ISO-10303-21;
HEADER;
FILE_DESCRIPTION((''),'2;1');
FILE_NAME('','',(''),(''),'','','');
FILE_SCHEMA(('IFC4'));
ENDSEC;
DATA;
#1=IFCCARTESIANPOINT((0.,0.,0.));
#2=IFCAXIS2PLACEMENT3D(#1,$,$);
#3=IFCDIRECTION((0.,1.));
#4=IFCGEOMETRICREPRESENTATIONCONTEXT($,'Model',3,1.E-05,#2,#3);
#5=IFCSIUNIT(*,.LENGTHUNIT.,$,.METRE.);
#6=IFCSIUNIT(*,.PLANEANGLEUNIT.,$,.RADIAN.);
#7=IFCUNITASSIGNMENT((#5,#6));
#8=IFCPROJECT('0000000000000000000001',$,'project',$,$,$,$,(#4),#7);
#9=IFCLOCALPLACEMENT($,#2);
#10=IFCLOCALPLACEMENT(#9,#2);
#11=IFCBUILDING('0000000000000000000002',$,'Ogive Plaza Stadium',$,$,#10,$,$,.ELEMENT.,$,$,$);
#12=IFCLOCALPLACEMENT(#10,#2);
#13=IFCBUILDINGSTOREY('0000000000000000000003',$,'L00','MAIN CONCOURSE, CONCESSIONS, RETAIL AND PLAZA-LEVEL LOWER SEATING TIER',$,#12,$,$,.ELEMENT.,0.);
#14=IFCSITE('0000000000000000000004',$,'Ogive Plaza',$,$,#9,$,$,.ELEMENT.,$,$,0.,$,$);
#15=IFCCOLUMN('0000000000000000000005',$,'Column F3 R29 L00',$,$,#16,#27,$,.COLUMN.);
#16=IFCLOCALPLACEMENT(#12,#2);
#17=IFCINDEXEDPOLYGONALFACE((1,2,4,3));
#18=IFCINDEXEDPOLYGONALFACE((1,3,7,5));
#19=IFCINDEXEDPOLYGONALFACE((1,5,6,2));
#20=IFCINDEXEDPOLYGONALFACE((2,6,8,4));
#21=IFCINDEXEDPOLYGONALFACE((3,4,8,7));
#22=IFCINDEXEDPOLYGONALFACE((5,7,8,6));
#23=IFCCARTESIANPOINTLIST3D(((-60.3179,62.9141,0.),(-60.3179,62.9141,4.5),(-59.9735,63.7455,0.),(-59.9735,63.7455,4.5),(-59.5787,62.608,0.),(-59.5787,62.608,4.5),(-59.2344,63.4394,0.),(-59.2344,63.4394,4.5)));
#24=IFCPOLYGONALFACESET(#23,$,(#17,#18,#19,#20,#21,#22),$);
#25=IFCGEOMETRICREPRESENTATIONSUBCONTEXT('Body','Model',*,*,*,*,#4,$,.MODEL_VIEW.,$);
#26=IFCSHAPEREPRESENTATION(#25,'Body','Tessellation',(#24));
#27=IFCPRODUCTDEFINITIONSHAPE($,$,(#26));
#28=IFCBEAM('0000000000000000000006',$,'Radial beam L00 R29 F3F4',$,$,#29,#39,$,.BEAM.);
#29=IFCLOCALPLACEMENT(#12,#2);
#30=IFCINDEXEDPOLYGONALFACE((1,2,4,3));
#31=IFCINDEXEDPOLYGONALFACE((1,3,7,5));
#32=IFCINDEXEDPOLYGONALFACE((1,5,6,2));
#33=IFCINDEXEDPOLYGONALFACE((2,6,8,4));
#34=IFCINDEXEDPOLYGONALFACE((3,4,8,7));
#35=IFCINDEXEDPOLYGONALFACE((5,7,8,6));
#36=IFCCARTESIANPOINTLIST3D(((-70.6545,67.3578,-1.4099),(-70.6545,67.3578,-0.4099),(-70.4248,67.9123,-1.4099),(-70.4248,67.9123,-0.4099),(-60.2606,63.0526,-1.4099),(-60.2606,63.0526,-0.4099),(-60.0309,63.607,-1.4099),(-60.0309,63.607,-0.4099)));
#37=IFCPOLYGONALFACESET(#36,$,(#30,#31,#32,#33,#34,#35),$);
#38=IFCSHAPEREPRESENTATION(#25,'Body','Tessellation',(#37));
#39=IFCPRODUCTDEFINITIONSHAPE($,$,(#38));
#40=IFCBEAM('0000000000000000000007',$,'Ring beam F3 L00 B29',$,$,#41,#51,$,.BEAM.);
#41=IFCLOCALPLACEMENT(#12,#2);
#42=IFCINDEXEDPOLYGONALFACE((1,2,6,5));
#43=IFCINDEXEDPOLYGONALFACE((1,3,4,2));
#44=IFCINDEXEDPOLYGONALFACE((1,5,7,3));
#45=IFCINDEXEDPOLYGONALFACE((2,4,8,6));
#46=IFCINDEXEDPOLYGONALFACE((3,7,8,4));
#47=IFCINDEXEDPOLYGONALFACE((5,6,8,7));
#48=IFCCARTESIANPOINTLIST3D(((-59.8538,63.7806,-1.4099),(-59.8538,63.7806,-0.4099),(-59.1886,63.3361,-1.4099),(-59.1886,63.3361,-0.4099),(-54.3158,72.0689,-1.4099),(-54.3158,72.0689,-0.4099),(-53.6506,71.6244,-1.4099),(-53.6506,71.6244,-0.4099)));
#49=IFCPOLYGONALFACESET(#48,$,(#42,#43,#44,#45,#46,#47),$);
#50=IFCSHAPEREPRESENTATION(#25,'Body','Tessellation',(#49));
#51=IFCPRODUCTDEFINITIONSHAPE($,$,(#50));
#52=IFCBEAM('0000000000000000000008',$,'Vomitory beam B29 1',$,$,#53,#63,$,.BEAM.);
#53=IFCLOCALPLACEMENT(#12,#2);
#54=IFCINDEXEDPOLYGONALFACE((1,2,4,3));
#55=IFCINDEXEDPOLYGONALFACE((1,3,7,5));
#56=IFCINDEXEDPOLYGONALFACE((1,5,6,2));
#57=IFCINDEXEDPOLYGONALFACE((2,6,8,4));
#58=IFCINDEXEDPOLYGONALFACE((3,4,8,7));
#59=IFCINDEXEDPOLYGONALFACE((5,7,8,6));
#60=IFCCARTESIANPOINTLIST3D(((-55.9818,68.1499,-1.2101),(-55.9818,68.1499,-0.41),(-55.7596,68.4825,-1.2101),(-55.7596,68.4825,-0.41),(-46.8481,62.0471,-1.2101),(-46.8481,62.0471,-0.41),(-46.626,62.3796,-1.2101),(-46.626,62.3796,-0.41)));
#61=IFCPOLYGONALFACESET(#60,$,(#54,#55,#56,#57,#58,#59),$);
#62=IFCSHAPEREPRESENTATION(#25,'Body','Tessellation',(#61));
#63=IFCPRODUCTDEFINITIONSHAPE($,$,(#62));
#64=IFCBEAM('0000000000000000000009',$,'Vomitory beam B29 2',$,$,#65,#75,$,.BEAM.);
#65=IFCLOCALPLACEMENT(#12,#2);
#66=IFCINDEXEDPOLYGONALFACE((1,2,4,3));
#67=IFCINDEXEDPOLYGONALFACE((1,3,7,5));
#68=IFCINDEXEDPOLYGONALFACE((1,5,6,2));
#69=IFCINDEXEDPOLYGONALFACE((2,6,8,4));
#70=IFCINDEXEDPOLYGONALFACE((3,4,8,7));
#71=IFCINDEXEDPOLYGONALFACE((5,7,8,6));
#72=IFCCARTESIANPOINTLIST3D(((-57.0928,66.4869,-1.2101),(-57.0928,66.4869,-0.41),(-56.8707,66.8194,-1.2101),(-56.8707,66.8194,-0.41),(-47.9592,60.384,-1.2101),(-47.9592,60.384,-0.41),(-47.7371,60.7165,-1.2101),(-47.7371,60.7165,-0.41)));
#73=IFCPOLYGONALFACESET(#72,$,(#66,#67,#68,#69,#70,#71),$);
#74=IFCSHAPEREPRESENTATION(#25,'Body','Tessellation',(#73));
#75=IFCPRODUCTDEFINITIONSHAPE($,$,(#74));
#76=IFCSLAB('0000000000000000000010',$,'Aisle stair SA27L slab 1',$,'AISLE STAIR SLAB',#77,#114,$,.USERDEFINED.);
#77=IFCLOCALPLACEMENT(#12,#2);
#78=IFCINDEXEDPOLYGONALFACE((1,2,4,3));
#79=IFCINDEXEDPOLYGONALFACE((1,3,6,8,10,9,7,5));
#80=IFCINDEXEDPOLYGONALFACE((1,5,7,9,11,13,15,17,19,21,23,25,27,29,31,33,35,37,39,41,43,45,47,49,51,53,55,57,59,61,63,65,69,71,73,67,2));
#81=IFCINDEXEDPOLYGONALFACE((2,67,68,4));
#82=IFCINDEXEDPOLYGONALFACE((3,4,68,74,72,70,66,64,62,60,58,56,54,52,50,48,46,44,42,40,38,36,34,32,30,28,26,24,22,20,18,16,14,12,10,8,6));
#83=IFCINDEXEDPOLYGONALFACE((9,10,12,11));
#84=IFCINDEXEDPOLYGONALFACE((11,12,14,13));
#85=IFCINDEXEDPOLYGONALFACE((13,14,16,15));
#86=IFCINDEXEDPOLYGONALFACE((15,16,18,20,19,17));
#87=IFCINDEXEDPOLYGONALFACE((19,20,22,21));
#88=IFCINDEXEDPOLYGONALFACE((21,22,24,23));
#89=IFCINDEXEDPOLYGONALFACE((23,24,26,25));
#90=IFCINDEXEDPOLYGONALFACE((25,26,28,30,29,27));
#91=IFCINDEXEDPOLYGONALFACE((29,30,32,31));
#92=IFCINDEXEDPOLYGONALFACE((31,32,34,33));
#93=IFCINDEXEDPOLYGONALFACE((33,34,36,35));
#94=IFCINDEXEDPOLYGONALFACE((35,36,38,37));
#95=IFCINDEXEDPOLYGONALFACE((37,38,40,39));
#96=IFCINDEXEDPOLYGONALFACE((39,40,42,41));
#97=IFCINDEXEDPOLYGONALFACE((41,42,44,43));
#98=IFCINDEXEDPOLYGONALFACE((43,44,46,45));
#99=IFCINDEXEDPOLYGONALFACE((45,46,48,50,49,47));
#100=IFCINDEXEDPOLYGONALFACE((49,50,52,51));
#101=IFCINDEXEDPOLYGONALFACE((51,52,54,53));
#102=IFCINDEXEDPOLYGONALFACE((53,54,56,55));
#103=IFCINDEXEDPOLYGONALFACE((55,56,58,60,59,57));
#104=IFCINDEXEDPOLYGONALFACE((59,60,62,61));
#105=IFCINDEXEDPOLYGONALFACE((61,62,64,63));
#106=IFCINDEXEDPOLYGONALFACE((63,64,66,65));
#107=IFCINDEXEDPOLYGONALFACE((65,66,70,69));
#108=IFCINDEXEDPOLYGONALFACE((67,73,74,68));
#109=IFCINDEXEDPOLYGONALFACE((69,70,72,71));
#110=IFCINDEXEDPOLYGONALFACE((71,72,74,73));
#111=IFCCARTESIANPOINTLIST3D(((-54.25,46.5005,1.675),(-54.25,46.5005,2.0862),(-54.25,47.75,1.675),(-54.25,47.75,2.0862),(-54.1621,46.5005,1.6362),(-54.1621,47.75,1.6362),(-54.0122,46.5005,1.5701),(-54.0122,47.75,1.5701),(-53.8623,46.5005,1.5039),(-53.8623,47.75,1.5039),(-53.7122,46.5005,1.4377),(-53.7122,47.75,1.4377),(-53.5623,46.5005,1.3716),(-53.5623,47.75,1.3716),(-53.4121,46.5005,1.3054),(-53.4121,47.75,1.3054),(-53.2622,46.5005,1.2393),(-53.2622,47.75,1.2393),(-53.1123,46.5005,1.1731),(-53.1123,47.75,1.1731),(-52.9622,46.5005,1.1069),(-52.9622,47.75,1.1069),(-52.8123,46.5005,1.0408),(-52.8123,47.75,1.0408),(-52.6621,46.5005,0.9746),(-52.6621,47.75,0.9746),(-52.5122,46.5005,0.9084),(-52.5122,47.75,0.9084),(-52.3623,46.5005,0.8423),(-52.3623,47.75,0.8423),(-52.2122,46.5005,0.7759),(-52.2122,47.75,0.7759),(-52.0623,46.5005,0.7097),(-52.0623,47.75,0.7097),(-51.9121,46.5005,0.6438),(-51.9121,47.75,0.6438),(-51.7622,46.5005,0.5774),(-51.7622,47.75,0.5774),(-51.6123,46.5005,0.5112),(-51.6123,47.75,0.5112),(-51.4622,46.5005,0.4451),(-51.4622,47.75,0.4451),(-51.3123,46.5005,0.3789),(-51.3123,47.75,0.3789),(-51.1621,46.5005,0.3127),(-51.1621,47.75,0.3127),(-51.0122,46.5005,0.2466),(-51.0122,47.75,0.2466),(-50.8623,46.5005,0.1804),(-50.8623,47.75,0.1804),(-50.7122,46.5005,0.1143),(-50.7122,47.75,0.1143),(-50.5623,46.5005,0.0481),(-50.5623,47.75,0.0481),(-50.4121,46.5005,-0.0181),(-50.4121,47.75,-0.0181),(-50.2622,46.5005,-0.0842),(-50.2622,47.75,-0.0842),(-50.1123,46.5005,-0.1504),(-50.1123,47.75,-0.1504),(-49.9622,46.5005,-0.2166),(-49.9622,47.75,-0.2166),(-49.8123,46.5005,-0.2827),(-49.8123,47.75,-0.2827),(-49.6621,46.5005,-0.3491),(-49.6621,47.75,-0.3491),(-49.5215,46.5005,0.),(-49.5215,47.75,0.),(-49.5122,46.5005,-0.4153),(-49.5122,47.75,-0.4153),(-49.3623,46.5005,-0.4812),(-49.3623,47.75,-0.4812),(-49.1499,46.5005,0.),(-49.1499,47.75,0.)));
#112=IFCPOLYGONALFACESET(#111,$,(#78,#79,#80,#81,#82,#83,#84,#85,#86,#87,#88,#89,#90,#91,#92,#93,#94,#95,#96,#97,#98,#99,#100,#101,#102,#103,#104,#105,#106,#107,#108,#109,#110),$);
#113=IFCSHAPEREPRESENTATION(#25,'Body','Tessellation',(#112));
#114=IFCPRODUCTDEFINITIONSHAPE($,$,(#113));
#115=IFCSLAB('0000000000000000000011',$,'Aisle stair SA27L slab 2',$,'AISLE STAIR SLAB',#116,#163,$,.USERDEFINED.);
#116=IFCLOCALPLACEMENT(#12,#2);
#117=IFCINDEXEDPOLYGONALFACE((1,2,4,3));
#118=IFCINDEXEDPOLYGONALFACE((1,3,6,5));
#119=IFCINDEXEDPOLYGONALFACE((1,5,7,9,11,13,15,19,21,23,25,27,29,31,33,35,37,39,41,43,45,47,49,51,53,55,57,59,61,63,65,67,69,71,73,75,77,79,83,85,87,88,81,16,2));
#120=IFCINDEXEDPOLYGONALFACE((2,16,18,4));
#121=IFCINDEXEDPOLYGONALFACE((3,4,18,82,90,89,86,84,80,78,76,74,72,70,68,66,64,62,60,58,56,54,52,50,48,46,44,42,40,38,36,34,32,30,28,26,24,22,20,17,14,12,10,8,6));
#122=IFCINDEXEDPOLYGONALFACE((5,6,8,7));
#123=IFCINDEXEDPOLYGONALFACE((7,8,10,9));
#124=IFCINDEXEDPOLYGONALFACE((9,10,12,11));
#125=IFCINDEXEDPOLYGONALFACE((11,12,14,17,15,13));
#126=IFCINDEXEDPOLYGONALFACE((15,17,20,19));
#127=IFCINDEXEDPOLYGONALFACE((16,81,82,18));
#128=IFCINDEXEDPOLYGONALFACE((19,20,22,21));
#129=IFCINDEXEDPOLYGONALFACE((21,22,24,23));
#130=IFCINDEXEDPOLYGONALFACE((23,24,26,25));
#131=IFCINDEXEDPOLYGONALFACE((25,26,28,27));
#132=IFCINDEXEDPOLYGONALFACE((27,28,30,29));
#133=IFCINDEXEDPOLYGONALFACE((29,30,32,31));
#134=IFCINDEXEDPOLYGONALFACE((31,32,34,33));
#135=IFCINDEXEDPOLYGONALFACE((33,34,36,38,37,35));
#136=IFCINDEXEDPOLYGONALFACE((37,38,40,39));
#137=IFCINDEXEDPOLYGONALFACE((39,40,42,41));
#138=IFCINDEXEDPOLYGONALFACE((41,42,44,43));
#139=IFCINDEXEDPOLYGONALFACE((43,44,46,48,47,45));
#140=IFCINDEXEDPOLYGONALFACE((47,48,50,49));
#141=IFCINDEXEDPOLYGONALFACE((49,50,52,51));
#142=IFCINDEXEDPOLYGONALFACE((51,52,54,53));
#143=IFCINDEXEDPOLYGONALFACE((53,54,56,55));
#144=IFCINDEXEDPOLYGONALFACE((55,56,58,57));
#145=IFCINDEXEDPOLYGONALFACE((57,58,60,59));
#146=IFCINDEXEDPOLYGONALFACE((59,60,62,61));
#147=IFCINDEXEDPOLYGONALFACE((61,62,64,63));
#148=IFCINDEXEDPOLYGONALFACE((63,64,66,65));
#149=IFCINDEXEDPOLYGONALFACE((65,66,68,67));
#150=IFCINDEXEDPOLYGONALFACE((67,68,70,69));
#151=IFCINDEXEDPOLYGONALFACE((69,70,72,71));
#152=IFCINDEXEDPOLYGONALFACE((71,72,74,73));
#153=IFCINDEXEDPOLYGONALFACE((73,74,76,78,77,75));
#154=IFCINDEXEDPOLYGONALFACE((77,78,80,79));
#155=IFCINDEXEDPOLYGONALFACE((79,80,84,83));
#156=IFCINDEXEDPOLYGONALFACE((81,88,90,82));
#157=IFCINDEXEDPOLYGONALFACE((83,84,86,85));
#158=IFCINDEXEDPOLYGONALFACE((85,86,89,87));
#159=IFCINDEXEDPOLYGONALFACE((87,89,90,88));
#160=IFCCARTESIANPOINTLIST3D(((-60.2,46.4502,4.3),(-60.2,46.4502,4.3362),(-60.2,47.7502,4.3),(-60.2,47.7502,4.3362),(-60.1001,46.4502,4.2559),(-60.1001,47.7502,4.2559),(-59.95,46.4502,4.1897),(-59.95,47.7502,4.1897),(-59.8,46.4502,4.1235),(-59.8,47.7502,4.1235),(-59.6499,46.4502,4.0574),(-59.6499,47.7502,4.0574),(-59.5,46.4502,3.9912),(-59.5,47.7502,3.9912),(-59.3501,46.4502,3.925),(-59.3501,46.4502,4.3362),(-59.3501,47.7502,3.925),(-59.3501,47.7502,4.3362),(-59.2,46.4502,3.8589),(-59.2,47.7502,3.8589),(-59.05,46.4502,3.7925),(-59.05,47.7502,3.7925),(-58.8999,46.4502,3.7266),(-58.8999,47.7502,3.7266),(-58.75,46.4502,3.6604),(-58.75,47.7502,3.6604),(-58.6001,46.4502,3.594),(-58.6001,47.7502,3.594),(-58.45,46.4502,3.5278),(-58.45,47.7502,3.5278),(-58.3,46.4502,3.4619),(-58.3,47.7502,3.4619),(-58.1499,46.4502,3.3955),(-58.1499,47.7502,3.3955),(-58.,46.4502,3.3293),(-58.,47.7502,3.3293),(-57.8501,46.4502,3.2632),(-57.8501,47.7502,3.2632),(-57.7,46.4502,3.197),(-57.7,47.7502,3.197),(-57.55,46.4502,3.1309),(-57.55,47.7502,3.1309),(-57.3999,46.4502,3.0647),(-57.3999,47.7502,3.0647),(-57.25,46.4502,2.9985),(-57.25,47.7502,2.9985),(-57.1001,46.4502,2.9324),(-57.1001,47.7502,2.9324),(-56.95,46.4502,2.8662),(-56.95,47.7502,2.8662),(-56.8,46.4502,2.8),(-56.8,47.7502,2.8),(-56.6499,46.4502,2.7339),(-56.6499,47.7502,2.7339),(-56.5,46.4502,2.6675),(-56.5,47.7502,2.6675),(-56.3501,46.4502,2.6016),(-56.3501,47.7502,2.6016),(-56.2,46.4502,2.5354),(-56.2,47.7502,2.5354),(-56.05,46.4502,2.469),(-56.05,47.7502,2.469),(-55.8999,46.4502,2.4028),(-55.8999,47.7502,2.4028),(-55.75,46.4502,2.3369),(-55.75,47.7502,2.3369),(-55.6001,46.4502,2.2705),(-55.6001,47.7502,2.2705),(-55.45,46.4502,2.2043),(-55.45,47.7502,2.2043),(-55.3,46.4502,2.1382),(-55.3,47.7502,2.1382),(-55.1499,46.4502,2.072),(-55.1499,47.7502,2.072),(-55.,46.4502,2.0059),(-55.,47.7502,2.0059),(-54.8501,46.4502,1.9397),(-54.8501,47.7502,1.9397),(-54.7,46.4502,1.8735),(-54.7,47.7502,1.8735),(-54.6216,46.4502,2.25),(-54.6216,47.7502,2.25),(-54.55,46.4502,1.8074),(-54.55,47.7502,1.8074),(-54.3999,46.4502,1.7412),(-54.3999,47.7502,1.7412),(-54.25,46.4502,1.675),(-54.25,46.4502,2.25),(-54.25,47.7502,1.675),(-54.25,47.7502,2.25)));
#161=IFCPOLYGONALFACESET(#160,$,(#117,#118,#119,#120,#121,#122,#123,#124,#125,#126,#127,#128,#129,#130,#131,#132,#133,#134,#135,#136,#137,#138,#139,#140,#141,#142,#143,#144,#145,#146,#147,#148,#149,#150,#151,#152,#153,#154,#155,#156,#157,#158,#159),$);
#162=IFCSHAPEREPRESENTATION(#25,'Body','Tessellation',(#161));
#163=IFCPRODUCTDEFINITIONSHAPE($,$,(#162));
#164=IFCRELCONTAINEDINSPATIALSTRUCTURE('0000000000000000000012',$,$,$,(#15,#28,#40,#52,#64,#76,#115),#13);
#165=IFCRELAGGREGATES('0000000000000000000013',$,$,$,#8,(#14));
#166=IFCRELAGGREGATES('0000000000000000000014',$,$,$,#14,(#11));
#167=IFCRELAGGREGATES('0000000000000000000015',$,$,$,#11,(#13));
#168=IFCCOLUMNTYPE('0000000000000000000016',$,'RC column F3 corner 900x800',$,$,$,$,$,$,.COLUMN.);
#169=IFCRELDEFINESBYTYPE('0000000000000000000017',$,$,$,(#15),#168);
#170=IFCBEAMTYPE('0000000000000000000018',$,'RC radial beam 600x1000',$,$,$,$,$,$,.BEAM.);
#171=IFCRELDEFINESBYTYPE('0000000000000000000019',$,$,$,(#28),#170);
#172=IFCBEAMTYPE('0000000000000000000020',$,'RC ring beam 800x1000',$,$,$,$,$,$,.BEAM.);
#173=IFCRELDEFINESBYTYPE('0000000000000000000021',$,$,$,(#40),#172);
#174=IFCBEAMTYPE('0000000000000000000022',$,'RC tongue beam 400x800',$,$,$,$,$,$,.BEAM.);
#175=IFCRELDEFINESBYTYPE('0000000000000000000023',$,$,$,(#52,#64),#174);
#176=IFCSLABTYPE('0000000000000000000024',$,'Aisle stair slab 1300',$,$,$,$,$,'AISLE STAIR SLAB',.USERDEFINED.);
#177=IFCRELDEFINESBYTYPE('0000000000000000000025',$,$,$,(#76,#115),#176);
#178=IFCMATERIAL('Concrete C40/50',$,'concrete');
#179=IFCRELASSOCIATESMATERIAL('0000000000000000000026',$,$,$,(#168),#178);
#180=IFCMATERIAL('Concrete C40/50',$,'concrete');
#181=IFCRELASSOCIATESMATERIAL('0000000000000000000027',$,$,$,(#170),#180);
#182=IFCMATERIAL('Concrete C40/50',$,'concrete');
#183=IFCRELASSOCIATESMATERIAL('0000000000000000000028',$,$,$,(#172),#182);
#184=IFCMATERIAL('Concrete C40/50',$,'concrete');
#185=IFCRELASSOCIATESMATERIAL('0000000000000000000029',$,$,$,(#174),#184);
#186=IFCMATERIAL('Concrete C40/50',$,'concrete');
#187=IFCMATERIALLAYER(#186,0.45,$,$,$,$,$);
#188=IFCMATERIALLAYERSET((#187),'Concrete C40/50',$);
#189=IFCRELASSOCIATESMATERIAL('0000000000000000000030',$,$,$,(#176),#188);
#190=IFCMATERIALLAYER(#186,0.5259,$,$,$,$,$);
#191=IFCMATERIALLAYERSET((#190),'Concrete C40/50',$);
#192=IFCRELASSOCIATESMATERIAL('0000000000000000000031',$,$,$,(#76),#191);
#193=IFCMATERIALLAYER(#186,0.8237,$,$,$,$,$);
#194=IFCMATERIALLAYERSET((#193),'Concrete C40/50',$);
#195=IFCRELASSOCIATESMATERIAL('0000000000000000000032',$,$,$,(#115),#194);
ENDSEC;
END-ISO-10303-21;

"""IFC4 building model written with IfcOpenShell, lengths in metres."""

from ifc_helpers import new_model, si_unit, direction, frame, origin, origin_2d, place, context, subcontext, project, spatial, polyline, rectangle, outline, extrude, material, layer, layer_set, material_profile, profile_set, type_object, element, save


model = new_model("IFC4")

# Units and contexts
model_context = context("Model", 3, precision=1e-05, world=origin(), true_north=direction((0.0, 1.0)))
body_context = subcontext(model_context, "Body", "Model", "MODEL_VIEW")
ifc_project = project(units=[si_unit("LENGTHUNIT", "METRE"), si_unit("PLANEANGLEUNIT", "RADIAN")], contexts=[model_context])

# Site, building, storey
site_placement = place(None, origin())
site = spatial("IfcSite", under=ifc_project, at=site_placement, Name="Ogive Plaza", CompositionType="ELEMENT", RefElevation=0.0)
building_placement = place(site_placement, origin())
building = spatial("IfcBuilding", under=site, at=building_placement, Name="Ogive Plaza Stadium", CompositionType="ELEMENT")
storey_placement = place(building_placement, origin())
storey = spatial("IfcBuildingStorey", under=building, at=storey_placement, Name="L00", Description="MAIN CONCOURSE, CONCESSIONS, RETAIL AND PLAZA-LEVEL LOWER SEATING TIER", CompositionType="ELEMENT", Elevation=0.0)

# Column
ifc_material_1 = material(Name="Concrete C40/50", Category="concrete")
ifc_material_profile_1 = material_profile(ifc_material_1, rectangle(XDim=0.8999, YDim=0.8, at=origin_2d()), Name="RC 900x800")
ifc_profile_set_1 = profile_set([ifc_material_profile_1], Name="Concrete C40/50")
column_type = type_object("IfcColumnType", Name="RC column F3 corner 900x800", PredefinedType="COLUMN", material=ifc_profile_set_1)
column_placement = place(storey_placement, frame((-59.7761, 63.1768, 0.0), z_axis=(0.0, 0.0, 1.0), x_axis=(-0.382683, -0.92388, 0.0)))
element("IfcColumn", 1, at=column_placement, inside=storey, type_object=column_type, Name="Column F3 R29 L00", PredefinedType="COLUMN", context=body_context, shape_type="SweptSolid", body=[
    extrude(rectangle(XDim=0.8999, YDim=0.8, at=origin_2d()), origin(), (0.0, 0.0, 1.0), 4.5),
])

# Beams
ifc_material_2 = material(Name="Concrete C40/50", Category="concrete")
ifc_material_profile_2 = material_profile(ifc_material_2, rectangle(XDim=0.6001, YDim=1.0, at=origin_2d()), Name="RC 600x1000")
ifc_profile_set_2 = profile_set([ifc_material_profile_2], Name="Concrete C40/50")
beam_type_1 = type_object("IfcBeamType", Name="RC radial beam 600x1000", PredefinedType="BEAM", material=ifc_profile_set_2)
beam_1_placement = place(storey_placement, frame((-60.1458, 63.3298, -0.9099), z_axis=(-0.923882, 0.382678, 0.0), x_axis=(-0.382678, -0.923882, 0.0)))
element("IfcBeam", 2, at=beam_1_placement, inside=storey, type_object=beam_type_1, Name="Radial beam L00 R29 F3F4", PredefinedType="BEAM", context=body_context, shape_type="SweptSolid", body=[
    extrude(rectangle(XDim=0.6001, YDim=1.0, at=origin_2d()), origin(), (0.0, 0.0, 1.0), 11.2502),
])
ifc_material_3 = material(Name="Concrete C40/50", Category="concrete")
ifc_material_profile_3 = material_profile(ifc_material_3, rectangle(XDim=0.8, YDim=1.0, at=origin_2d()), Name="RC 800x1000")
ifc_profile_set_3 = profile_set([ifc_material_profile_3], Name="Concrete C40/50")
beam_type_2 = type_object("IfcBeamType", Name="RC ring beam 800x1000", PredefinedType="BEAM", material=ifc_profile_set_3)
beam_2_placement = place(storey_placement, frame((-59.5212, 63.5583, -0.9099), z_axis=(0.55557, 0.83147, 0.0), x_axis=(-0.83147, 0.55557, 0.0)))
element("IfcBeam", 3, at=beam_2_placement, inside=storey, type_object=beam_type_2, Name="Ring beam F3 L00 B29", PredefinedType="BEAM", context=body_context, shape_type="SweptSolid", body=[
    extrude(rectangle(XDim=0.8, YDim=1.0, at=origin_2d()), origin(), (0.0, 0.0, 1.0), 9.9683),
])
ifc_material_4 = material(Name="Concrete C40/50", Category="concrete")
ifc_material_profile_4 = material_profile(ifc_material_4, rectangle(XDim=0.3999, YDim=0.8, at=origin_2d()), Name="RC 400x800")
ifc_profile_set_4 = profile_set([ifc_material_profile_4], Name="Concrete C40/50")
beam_type_3 = type_object("IfcBeamType", Name="RC tongue beam 400x800", PredefinedType="BEAM", material=ifc_profile_set_4)
for number, where, z_axis, x_axis, name in (
    (4, (-46.7371, 62.2134, -0.8101), (-0.831472, 0.555567, 0.0), (-0.555567, -0.831472, 0.0), "Vomitory beam B29 1"),
    (5, (-47.8481, 60.5503, -0.8101), (-0.831472, 0.555567, 0.0), (-0.555567, -0.831472, 0.0), "Vomitory beam B29 2"),
):
    element("IfcBeam", number, at=place(storey_placement, frame(where, z_axis=z_axis, x_axis=x_axis)), inside=storey, type_object=beam_type_3, Name=name, PredefinedType="BEAM", context=body_context, shape_type="SweptSolid", body=[
        extrude(rectangle(XDim=0.3999, YDim=0.8, at=origin_2d()), origin(), (0.0, 0.0, 1.0), 10.9849),
    ])

# Slabs
ifc_material_5 = material(Name="Concrete C40/50", Category="concrete")
ifc_layer_1 = layer(ifc_material_5, 0.5259)
ifc_layer_set_1 = layer_set([ifc_layer_1], Name="Concrete C40/50")
ifc_layer_2 = layer(ifc_material_5, 0.45)
ifc_layer_set_2 = layer_set([ifc_layer_2], Name="Concrete C40/50")
slab_type = type_object("IfcSlabType", Name="Aisle stair slab 1300", ElementType="AISLE STAIR SLAB", PredefinedType="USERDEFINED", material=ifc_layer_set_2)
slab_1_placement = place(storey_placement, frame((-49.1499, 47.1252, 0.0), z_axis=(0.0, 0.0, 1.0), x_axis=(-1.0, 0.0, 0.0)))
element("IfcSlab", 6, at=slab_1_placement, inside=storey, type_object=slab_type, material=ifc_layer_set_1, Name="Aisle stair SA27L slab 1", ObjectType="AISLE STAIR SLAB", PredefinedType="USERDEFINED", context=body_context, shape_type="SweptSolid", body=[
    extrude(outline(polyline([(0.0, 0.0), (0.3716, 0.0), (5.1001, 2.0862), (5.1001, 1.675), (5.0122, 1.6362), (4.8623, 1.5701), (4.7124, 1.5039), (4.5623, 1.4377), (4.4124, 1.3716), (4.2622, 1.3054), (4.1123, 1.2393), (3.9624, 1.1731), (3.8123, 1.1069), (3.6624, 1.0408), (3.5122, 0.9746), (3.3623, 0.9084), (3.2124, 0.8423), (3.0623, 0.7759), (2.9124, 0.7097), (2.7622, 0.6438), (2.6123, 0.5774), (2.4624, 0.5112), (2.3123, 0.4451), (2.1624, 0.3789), (2.0122, 0.3127), (1.8623, 0.2466), (1.7124, 0.1804), (1.5623, 0.1143), (1.4124, 0.0481), (1.2622, -0.0181), (1.1123, -0.0842), (0.9624, -0.1504), (0.8123, -0.2166), (0.6624, -0.2827), (0.5122, -0.3491), (0.3623, -0.4153), (0.2124, -0.4812), (0.0, 0.0)])), frame((0.0, 0.6248, 0.0), z_axis=(0.0, -1.0, 0.0), x_axis=(1.0, 0.0, 0.0)), (0.0, 0.0, 1.0), 1.2495),
])
ifc_layer_3 = layer(ifc_material_5, 0.8237)
ifc_layer_set_3 = layer_set([ifc_layer_3], Name="Concrete C40/50")
slab_2_placement = place(storey_placement, frame((-54.25, 47.1001, 0.0), z_axis=(0.0, 0.0, 1.0), x_axis=(-1.0, 0.0, 0.0)))
element("IfcSlab", 7, at=slab_2_placement, inside=storey, type_object=slab_type, material=ifc_layer_set_3, Name="Aisle stair SA27L slab 2", ObjectType="AISLE STAIR SLAB", PredefinedType="USERDEFINED", context=body_context, shape_type="SweptSolid", body=[
    extrude(outline(polyline([(0.0, 2.25), (0.3716, 2.25), (5.1001, 4.3362), (5.95, 4.3362), (5.95, 4.3), (5.8501, 4.2559), (5.7, 4.1897), (5.55, 4.1235), (5.3999, 4.0574), (5.25, 3.9912), (5.1001, 3.925), (4.95, 3.8589), (4.8, 3.7925), (4.6499, 3.7266), (4.5, 3.6604), (4.3501, 3.594), (4.2, 3.5278), (4.05, 3.4619), (3.8999, 3.3955), (3.75, 3.3293), (3.6001, 3.2632), (3.45, 3.197), (3.3, 3.1309), (3.1499, 3.0647), (3.0, 2.9985), (2.8501, 2.9324), (2.7, 2.8662), (2.55, 2.8), (2.3999, 2.7339), (2.25, 2.6675), (2.1001, 2.6016), (1.95, 2.5354), (1.8, 2.469), (1.6499, 2.4028), (1.5, 2.3369), (1.3501, 2.2705), (1.2, 2.2043), (1.05, 2.1382), (0.8999, 2.072), (0.75, 2.0059), (0.6001, 1.9397), (0.45, 1.8735), (0.3, 1.8074), (0.1499, 1.7412), (0.0, 1.675), (0.0, 2.25)])), frame((0.0, 0.6499, 0.0), z_axis=(0.0, -1.0, 0.0), x_axis=(1.0, 0.0, 0.0)), (0.0, 0.0, 1.0), 1.3),
])

save(model, "model.ifc")
